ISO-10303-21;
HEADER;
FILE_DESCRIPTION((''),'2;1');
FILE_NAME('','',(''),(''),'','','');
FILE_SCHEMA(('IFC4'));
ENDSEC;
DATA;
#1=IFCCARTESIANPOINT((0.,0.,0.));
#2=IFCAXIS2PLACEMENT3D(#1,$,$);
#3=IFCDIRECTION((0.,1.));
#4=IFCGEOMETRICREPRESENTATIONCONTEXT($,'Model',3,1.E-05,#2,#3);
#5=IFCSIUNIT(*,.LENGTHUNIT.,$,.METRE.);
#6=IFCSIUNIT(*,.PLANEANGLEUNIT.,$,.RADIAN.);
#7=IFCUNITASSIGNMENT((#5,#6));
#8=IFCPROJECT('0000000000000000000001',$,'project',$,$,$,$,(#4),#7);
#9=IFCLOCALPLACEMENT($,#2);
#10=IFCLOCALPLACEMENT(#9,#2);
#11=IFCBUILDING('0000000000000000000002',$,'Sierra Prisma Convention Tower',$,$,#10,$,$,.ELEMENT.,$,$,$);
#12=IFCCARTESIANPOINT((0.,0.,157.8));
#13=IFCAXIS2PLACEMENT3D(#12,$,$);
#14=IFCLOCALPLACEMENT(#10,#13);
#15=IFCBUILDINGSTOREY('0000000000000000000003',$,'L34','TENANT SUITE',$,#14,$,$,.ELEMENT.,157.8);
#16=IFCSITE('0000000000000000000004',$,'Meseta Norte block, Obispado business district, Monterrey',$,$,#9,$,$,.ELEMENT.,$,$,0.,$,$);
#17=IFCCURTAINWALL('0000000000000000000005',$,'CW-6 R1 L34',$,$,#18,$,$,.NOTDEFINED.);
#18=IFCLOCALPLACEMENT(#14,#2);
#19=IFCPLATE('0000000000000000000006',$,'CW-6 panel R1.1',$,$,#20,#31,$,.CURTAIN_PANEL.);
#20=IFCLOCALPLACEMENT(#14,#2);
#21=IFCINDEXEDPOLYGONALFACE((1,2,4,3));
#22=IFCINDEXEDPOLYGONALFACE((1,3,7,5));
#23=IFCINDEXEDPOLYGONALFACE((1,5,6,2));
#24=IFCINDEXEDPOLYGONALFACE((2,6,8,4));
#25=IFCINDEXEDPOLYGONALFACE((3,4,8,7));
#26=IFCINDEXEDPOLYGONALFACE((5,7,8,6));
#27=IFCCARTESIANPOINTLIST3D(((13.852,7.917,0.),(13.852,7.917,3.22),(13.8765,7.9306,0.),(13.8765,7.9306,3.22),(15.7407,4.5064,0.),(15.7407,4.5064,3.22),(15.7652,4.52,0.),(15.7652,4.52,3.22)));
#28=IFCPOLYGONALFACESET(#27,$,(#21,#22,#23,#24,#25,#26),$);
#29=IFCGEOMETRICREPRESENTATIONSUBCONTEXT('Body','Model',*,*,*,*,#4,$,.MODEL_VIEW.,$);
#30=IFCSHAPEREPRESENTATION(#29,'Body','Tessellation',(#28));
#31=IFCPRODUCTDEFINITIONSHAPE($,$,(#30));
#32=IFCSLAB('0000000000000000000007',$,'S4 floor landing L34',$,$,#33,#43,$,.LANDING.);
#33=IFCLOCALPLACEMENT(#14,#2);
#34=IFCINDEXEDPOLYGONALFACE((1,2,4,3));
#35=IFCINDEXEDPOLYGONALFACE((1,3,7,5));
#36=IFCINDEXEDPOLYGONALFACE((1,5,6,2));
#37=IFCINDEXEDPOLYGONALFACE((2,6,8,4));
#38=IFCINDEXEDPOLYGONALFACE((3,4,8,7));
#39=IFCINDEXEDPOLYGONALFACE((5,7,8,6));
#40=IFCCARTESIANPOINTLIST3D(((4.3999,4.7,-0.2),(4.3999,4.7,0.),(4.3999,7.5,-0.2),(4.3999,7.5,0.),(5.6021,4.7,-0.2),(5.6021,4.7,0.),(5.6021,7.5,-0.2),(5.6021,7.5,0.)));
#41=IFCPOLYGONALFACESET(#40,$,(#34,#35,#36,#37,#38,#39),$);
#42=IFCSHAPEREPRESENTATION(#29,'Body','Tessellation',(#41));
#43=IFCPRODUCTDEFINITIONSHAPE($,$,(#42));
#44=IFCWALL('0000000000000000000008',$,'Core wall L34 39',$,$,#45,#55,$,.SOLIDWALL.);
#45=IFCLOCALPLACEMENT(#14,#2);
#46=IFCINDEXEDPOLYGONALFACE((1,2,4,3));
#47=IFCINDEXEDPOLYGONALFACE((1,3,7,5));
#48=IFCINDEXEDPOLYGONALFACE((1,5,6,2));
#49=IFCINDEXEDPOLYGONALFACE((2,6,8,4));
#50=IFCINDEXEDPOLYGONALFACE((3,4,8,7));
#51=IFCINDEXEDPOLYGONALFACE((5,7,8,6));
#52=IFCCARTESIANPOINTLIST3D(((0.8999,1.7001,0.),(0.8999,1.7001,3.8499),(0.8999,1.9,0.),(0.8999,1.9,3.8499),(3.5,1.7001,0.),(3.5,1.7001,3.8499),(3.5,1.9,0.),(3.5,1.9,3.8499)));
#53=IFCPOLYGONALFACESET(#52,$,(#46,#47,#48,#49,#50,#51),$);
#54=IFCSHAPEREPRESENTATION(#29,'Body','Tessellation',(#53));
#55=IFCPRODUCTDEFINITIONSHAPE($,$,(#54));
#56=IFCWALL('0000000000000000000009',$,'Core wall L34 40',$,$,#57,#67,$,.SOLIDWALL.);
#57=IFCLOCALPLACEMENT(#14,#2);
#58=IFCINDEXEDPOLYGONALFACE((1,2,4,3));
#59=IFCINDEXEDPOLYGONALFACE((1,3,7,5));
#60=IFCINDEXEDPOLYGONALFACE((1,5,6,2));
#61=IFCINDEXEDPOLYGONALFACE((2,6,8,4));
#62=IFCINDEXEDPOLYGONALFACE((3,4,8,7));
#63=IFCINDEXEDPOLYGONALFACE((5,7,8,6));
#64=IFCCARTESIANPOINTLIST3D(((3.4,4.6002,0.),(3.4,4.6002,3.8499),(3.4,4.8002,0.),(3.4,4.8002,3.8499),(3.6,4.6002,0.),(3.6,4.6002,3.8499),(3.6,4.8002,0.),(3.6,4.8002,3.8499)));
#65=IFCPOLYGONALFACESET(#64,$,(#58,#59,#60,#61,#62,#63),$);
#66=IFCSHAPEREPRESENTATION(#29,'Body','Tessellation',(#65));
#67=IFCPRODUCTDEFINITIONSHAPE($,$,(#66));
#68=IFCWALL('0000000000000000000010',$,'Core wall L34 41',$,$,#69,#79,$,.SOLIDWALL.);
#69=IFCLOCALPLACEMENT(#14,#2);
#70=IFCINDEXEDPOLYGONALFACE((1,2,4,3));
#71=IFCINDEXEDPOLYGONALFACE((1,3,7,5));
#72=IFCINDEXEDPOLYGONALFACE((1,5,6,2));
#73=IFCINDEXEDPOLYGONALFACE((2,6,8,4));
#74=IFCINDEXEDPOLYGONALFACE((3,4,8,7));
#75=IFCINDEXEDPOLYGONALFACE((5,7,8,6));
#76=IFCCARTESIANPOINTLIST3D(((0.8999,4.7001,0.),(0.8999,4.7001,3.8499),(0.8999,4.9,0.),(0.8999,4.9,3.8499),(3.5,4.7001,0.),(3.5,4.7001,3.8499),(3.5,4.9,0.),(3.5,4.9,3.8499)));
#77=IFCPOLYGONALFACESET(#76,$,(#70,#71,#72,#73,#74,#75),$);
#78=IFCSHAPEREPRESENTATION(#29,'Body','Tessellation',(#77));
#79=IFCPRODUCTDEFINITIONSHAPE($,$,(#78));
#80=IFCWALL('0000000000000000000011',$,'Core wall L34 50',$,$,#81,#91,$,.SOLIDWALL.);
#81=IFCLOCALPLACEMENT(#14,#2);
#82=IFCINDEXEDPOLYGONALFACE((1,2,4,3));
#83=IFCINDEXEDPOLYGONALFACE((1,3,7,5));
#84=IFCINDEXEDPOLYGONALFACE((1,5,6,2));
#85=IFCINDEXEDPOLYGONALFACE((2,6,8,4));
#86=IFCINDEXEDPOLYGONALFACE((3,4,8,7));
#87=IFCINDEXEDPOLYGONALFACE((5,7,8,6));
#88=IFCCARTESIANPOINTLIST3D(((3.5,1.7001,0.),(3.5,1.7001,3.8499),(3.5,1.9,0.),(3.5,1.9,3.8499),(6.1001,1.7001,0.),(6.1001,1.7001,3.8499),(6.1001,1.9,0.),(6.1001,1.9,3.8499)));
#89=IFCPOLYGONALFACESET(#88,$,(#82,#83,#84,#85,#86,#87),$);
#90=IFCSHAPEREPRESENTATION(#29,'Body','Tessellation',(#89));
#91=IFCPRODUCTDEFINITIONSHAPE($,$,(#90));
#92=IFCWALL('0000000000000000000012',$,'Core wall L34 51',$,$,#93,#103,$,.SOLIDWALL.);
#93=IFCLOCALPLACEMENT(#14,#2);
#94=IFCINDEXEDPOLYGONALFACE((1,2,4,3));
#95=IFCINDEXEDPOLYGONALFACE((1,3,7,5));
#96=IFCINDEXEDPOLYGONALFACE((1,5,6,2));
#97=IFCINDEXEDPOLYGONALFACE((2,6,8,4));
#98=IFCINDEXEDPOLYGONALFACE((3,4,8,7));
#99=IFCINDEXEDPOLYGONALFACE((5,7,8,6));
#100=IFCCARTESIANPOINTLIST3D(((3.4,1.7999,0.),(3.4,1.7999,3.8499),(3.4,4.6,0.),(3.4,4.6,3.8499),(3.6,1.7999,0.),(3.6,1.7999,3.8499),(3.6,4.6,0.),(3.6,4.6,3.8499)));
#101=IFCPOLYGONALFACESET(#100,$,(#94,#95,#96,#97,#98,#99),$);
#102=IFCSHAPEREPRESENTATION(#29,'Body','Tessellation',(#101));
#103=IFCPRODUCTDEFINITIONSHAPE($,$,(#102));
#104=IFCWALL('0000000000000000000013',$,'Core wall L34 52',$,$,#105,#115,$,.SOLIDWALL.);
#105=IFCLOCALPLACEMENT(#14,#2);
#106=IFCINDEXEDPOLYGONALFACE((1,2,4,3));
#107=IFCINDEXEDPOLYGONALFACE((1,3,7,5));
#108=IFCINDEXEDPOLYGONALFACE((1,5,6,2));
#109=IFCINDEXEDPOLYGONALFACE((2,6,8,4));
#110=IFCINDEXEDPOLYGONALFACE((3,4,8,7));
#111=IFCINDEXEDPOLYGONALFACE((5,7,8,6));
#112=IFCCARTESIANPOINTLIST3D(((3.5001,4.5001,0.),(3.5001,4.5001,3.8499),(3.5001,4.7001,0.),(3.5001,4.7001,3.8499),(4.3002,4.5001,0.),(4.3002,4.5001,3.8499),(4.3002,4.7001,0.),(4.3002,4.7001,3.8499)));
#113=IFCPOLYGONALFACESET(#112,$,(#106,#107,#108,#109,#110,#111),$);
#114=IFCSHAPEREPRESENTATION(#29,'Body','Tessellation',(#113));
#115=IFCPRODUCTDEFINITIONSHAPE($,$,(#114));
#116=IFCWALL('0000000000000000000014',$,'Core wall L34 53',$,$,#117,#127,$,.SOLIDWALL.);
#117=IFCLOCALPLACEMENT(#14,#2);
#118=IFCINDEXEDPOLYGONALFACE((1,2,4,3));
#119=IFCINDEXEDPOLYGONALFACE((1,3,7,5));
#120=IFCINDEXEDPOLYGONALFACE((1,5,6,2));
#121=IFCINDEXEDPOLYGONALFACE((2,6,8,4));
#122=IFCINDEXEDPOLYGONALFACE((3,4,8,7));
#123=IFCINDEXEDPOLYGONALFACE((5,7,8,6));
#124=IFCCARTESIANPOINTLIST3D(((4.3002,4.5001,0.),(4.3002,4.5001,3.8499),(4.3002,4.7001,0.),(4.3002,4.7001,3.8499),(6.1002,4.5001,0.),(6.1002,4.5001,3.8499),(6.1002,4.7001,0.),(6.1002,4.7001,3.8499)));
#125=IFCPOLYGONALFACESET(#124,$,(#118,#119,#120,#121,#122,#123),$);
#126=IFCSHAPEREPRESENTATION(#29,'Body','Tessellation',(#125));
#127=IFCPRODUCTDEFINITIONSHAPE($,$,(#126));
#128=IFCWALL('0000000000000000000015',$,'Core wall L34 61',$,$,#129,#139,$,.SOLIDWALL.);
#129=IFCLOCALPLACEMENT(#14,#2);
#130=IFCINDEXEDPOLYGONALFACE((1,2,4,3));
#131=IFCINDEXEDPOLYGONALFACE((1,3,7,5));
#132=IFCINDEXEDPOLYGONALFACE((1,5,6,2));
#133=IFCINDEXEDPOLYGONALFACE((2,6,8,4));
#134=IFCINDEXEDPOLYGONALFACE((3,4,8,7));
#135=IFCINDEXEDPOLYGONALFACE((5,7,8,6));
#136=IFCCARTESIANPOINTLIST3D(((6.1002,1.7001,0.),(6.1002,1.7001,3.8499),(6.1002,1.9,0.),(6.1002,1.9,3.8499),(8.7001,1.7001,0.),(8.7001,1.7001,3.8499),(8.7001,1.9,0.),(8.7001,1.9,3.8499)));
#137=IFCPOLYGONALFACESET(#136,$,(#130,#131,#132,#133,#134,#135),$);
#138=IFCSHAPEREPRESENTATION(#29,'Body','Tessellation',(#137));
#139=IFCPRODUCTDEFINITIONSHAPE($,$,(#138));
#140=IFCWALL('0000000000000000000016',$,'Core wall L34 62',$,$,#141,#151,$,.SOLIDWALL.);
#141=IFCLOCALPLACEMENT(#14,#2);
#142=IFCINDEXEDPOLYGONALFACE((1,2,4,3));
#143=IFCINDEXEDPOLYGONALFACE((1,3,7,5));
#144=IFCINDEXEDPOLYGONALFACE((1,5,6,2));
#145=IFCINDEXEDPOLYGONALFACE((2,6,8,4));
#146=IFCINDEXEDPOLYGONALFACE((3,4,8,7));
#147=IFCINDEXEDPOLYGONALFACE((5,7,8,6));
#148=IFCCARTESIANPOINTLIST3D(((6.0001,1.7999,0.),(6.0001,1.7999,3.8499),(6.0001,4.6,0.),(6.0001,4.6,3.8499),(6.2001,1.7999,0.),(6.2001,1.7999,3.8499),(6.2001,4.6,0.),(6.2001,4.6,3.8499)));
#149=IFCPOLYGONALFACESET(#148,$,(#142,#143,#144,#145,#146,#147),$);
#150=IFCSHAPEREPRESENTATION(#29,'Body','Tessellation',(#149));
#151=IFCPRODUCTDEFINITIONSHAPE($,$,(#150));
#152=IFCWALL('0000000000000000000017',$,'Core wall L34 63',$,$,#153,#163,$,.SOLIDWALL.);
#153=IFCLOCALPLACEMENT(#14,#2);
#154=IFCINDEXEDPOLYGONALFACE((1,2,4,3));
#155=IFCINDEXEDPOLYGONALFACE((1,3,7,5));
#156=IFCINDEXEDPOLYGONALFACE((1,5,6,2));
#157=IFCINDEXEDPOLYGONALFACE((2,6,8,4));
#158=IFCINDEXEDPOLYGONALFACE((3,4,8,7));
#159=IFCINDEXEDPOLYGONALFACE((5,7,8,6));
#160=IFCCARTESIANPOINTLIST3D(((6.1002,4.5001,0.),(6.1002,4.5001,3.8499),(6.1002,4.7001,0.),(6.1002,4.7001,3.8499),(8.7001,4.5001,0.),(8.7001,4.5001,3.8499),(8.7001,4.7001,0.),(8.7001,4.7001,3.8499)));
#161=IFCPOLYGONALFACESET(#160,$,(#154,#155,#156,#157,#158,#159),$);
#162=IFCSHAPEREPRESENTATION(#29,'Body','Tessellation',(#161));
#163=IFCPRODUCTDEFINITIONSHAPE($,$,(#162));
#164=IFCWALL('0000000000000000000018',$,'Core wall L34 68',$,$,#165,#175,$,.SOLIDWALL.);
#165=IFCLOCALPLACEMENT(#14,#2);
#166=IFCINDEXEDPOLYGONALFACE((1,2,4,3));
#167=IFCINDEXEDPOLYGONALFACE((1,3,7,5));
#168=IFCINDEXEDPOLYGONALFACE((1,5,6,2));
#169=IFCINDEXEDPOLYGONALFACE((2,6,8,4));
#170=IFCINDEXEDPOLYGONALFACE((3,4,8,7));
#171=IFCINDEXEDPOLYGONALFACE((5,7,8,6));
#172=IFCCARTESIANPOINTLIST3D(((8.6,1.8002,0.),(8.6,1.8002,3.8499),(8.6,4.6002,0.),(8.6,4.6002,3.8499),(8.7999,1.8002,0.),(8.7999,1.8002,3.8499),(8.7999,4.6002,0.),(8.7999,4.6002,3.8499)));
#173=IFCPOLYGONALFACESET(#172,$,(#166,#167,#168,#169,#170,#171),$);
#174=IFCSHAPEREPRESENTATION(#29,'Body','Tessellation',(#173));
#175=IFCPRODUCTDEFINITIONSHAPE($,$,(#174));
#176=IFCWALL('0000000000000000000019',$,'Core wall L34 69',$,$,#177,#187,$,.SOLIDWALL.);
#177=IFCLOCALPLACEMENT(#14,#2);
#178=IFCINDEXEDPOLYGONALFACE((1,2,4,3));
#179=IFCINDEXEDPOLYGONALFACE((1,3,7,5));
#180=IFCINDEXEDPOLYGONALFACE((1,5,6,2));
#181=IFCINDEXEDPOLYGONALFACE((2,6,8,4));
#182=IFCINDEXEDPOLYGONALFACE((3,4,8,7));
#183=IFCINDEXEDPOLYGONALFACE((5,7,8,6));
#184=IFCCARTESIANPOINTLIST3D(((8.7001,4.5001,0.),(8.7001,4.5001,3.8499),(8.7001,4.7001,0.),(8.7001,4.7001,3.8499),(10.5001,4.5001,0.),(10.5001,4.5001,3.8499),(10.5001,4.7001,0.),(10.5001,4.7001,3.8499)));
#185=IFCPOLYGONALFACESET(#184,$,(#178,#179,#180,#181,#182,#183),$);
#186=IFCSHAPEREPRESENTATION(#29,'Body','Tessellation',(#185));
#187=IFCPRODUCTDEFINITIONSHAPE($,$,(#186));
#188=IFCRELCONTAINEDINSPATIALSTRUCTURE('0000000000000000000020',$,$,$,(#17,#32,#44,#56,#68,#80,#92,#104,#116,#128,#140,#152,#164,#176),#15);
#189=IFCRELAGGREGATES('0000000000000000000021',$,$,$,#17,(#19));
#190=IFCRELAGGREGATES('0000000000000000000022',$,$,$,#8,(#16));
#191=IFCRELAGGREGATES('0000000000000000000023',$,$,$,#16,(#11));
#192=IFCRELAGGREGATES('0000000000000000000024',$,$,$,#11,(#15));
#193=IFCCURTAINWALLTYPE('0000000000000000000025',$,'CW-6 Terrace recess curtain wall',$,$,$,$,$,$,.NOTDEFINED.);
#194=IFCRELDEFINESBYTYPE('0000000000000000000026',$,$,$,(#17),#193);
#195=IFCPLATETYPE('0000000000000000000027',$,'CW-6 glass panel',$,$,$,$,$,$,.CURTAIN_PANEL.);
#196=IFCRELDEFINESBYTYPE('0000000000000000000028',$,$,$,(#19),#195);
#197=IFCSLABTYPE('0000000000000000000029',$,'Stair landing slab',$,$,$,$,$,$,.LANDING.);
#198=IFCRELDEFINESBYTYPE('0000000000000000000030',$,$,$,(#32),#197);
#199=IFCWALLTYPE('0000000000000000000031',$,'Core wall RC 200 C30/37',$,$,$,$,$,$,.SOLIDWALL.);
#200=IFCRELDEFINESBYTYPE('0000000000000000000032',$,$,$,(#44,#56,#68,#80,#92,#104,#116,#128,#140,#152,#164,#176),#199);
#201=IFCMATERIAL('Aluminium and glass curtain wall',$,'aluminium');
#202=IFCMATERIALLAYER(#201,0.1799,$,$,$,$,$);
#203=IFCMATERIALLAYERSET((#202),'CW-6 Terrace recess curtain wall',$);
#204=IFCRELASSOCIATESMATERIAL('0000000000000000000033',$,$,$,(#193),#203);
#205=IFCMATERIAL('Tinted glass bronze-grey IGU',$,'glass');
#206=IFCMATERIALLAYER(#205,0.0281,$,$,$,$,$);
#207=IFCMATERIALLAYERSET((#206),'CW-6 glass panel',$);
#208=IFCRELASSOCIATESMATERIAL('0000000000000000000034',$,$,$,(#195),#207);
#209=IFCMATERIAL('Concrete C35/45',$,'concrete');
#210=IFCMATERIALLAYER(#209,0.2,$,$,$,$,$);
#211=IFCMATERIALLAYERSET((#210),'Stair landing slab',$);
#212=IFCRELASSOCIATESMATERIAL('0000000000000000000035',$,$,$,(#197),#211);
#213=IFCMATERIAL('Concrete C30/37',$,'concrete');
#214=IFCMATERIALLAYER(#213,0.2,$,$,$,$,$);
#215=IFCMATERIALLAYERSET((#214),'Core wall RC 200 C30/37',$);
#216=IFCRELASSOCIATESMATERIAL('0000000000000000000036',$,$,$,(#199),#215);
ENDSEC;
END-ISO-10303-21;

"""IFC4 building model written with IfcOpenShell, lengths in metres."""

from ifc_helpers import new_model, si_unit, direction, frame, frame_2d, origin, origin_2d, place, context, subcontext, project, spatial, polyline, rectangle, outline, extrude, material, layer, layer_set, type_object, element, aggregate, save


model = new_model("IFC4")

# Units and contexts
model_context = context("Model", 3, precision=1e-05, world=origin(), true_north=direction((0.0, 1.0)))
body_context = subcontext(model_context, "Body", "Model", "MODEL_VIEW")
ifc_project = project(units=[si_unit("LENGTHUNIT", "METRE"), si_unit("PLANEANGLEUNIT", "RADIAN")], contexts=[model_context])

# Site, building, storey
site_placement = place(None, origin())
site = spatial("IfcSite", under=ifc_project, at=site_placement, Name="Meseta Norte block, Obispado business district, Monterrey", CompositionType="ELEMENT", RefElevation=0.0)
building_placement = place(site_placement, origin())
building = spatial("IfcBuilding", under=site, at=building_placement, Name="Sierra Prisma Convention Tower", CompositionType="ELEMENT")
storey_placement = place(building_placement, frame((0.0, 0.0, 157.8)))
storey = spatial("IfcBuildingStorey", under=building, at=storey_placement, Name="L34", Description="TENANT SUITE", CompositionType="ELEMENT", Elevation=157.8)

# Curtain wall, plate
ifc_material_1 = material(Name="Aluminium and glass curtain wall", Category="aluminium")
ifc_layer_1 = layer(ifc_material_1, 0.1799)
ifc_layer_set_1 = layer_set([ifc_layer_1], Name="CW-6 Terrace recess curtain wall")
curtain_wall_type = type_object("IfcCurtainWallType", Name="CW-6 Terrace recess curtain wall", PredefinedType="NOTDEFINED", material=ifc_layer_set_1)
curtain_wall_placement = place(storey_placement, origin())
curtain_wall = element("IfcCurtainWall", 1, at=curtain_wall_placement, inside=storey, type_object=curtain_wall_type, Name="CW-6 R1 L34", PredefinedType="NOTDEFINED")
ifc_material_2 = material(Name="Tinted glass bronze-grey IGU", Category="glass")
ifc_layer_2 = layer(ifc_material_2, 0.0281)
ifc_layer_set_2 = layer_set([ifc_layer_2], Name="CW-6 glass panel")
plate_type = type_object("IfcPlateType", Name="CW-6 glass panel", PredefinedType="CURTAIN_PANEL", material=ifc_layer_set_2)
plate_placement = place(storey_placement, frame((14.8086, 6.2185, 0.0), z_axis=(0.0, 0.0, 1.0), x_axis=(-0.484444, 0.874822, 0.0)))
plate = element("IfcPlate", 2, at=plate_placement, type_object=plate_type, Name="CW-6 panel R1.1", PredefinedType="CURTAIN_PANEL", context=body_context, shape_type="SweptSolid", body=[
    extrude(rectangle(XDim=3.8987, YDim=0.0281, at=origin_2d()), origin(), (0.0, 0.0, 1.0), 3.22),
])
aggregate(curtain_wall, [plate])

# Slab
ifc_material_3 = material(Name="Concrete C35/45", Category="concrete")
ifc_layer_3 = layer(ifc_material_3, 0.2)
ifc_layer_set_3 = layer_set([ifc_layer_3], Name="Stair landing slab")
slab_type = type_object("IfcSlabType", Name="Stair landing slab", PredefinedType="LANDING", material=ifc_layer_set_3)
slab_placement = place(storey_placement, frame((0.0, 0.0, -0.2)))
element("IfcSlab", 3, at=slab_placement, inside=storey, type_object=slab_type, Name="S4 floor landing L34", PredefinedType="LANDING", context=body_context, shape_type="SweptSolid", body=[
    extrude(outline(polyline([(4.3999, 4.7), (5.6021, 4.7), (5.6021, 7.5), (4.3999, 7.5), (4.3999, 4.7)])), origin(), (0.0, 0.0, 1.0), 0.2),
])

# Shared definitions
ifc_material_4 = material(Name="Concrete C30/37", Category="concrete")
ifc_layer_4 = layer(ifc_material_4, 0.2)
ifc_layer_set_4 = layer_set([ifc_layer_4], Name="Core wall RC 200 C30/37")
wall_type = type_object("IfcWallType", Name="Core wall RC 200 C30/37", PredefinedType="SOLIDWALL", material=ifc_layer_set_4)

# Walls
wall_1_placement = place(storey_placement, frame((3.5, 1.8, 0.0), z_axis=(0.0, 0.0, 1.0), x_axis=(-1.0, 0.0, 0.0)))
element("IfcWall", 4, at=wall_1_placement, inside=storey, type_object=wall_type, Name="Core wall L34 39", PredefinedType="SOLIDWALL", context=body_context, shape_type="SweptSolid", body=[
    extrude(rectangle(XDim=2.6001, YDim=0.2, at=frame_2d((1.3, 0.0))), origin(), (0.0, 0.0, 1.0), 3.8499),
])
wall_2_placement = place(storey_placement, frame((3.5, 4.6001, 0.0), z_axis=(0.0, 0.0, 1.0), x_axis=(0.0, 1.0, 0.0)))
element("IfcWall", 5, at=wall_2_placement, inside=storey, type_object=wall_type, Name="Core wall L34 40", PredefinedType="SOLIDWALL", context=body_context, shape_type="SweptSolid", body=[
    extrude(rectangle(XDim=0.2, YDim=0.2, at=frame_2d((0.1001, 0.0))), origin(), (0.0, 0.0, 1.0), 3.8499),
])
wall_3_placement = place(storey_placement, frame((3.5, 4.8, 0.0), z_axis=(0.0, 0.0, 1.0), x_axis=(-1.0, 0.0, 0.0)))
element("IfcWall", 6, at=wall_3_placement, inside=storey, type_object=wall_type, Name="Core wall L34 41", PredefinedType="SOLIDWALL", context=body_context, shape_type="SweptSolid", body=[
    extrude(rectangle(XDim=2.6001, YDim=0.2, at=frame_2d((1.3, 0.0))), origin(), (0.0, 0.0, 1.0), 3.8499),
])

# Walls
wall_4_placement = place(storey_placement, frame((6.1001, 1.8, 0.0), z_axis=(0.0, 0.0, 1.0), x_axis=(-1.0, 0.0, 0.0)))
element("IfcWall", 7, at=wall_4_placement, inside=storey, type_object=wall_type, Name="Core wall L34 50", PredefinedType="SOLIDWALL", context=body_context, shape_type="SweptSolid", body=[
    extrude(rectangle(XDim=2.6001, YDim=0.2, at=frame_2d((1.3, 0.0))), origin(), (0.0, 0.0, 1.0), 3.8499),
])
wall_5_placement = place(storey_placement, frame((3.5, 1.8, 0.0), z_axis=(0.0, 0.0, 1.0), x_axis=(0.0, 1.0, 0.0)))
element("IfcWall", 8, at=wall_5_placement, inside=storey, type_object=wall_type, Name="Core wall L34 51", PredefinedType="SOLIDWALL", context=body_context, shape_type="SweptSolid", body=[
    extrude(rectangle(XDim=2.8, YDim=0.2, at=frame_2d((1.3999, 0.0))), origin(), (0.0, 0.0, 1.0), 3.8499),
])
wall_6_placement = place(storey_placement, frame((4.3, 4.6001, 0.0), z_axis=(0.0, 0.0, 1.0), x_axis=(-1.0, 0.0, 0.0)))
element("IfcWall", 9, at=wall_6_placement, inside=storey, type_object=wall_type, Name="Core wall L34 52", PredefinedType="SOLIDWALL", context=body_context, shape_type="SweptSolid", body=[
    extrude(rectangle(XDim=0.8, YDim=0.2, at=frame_2d((0.3999, 0.0))), origin(), (0.0, 0.0, 1.0), 3.8499),
])
wall_7_placement = place(storey_placement, frame((6.1001, 4.6001, 0.0), z_axis=(0.0, 0.0, 1.0), x_axis=(-1.0, 0.0, 0.0)))
element("IfcWall", 10, at=wall_7_placement, inside=storey, type_object=wall_type, Name="Core wall L34 53", PredefinedType="SOLIDWALL", context=body_context, shape_type="SweptSolid", body=[
    extrude(rectangle(XDim=1.8, YDim=0.2, at=frame_2d((0.8999, 0.0))), origin(), (0.0, 0.0, 1.0), 3.8499),
])

# Walls
wall_8_placement = place(storey_placement, frame((8.7, 1.8, 0.0), z_axis=(0.0, 0.0, 1.0), x_axis=(-1.0, 0.0, 0.0)))
element("IfcWall", 11, at=wall_8_placement, inside=storey, type_object=wall_type, Name="Core wall L34 61", PredefinedType="SOLIDWALL", context=body_context, shape_type="SweptSolid", body=[
    extrude(rectangle(XDim=2.5999, YDim=0.2, at=frame_2d((1.2998, 0.0))), origin(), (0.0, 0.0, 1.0), 3.8499),
])
wall_9_placement = place(storey_placement, frame((6.1001, 1.8, 0.0), z_axis=(0.0, 0.0, 1.0), x_axis=(0.0, 1.0, 0.0)))
element("IfcWall", 12, at=wall_9_placement, inside=storey, type_object=wall_type, Name="Core wall L34 62", PredefinedType="SOLIDWALL", context=body_context, shape_type="SweptSolid", body=[
    extrude(rectangle(XDim=2.8, YDim=0.2, at=frame_2d((1.3999, 0.0))), origin(), (0.0, 0.0, 1.0), 3.8499),
])
wall_10_placement = place(storey_placement, frame((8.7, 4.6001, 0.0), z_axis=(0.0, 0.0, 1.0), x_axis=(-1.0, 0.0, 0.0)))
element("IfcWall", 13, at=wall_10_placement, inside=storey, type_object=wall_type, Name="Core wall L34 63", PredefinedType="SOLIDWALL", context=body_context, shape_type="SweptSolid", body=[
    extrude(rectangle(XDim=2.5999, YDim=0.2, at=frame_2d((1.2998, 0.0))), origin(), (0.0, 0.0, 1.0), 3.8499),
])

# Walls
wall_11_placement = place(storey_placement, frame((8.7, 4.6001, 0.0), z_axis=(0.0, 0.0, 1.0), x_axis=(0.0, -1.0, 0.0)))
element("IfcWall", 14, at=wall_11_placement, inside=storey, type_object=wall_type, Name="Core wall L34 68", PredefinedType="SOLIDWALL", context=body_context, shape_type="SweptSolid", body=[
    extrude(rectangle(XDim=2.8, YDim=0.2, at=frame_2d((1.3999, 0.0))), origin(), (0.0, 0.0, 1.0), 3.8499),
])
wall_12_placement = place(storey_placement, frame((10.5, 4.6001, 0.0), z_axis=(0.0, 0.0, 1.0), x_axis=(-1.0, 0.0, 0.0)))
element("IfcWall", 15, at=wall_12_placement, inside=storey, type_object=wall_type, Name="Core wall L34 69", PredefinedType="SOLIDWALL", context=body_context, shape_type="SweptSolid", body=[
    extrude(rectangle(XDim=1.8, YDim=0.2, at=frame_2d((0.8999, 0.0))), origin(), (0.0, 0.0, 1.0), 3.8499),
])

save(model, "model.ifc")
